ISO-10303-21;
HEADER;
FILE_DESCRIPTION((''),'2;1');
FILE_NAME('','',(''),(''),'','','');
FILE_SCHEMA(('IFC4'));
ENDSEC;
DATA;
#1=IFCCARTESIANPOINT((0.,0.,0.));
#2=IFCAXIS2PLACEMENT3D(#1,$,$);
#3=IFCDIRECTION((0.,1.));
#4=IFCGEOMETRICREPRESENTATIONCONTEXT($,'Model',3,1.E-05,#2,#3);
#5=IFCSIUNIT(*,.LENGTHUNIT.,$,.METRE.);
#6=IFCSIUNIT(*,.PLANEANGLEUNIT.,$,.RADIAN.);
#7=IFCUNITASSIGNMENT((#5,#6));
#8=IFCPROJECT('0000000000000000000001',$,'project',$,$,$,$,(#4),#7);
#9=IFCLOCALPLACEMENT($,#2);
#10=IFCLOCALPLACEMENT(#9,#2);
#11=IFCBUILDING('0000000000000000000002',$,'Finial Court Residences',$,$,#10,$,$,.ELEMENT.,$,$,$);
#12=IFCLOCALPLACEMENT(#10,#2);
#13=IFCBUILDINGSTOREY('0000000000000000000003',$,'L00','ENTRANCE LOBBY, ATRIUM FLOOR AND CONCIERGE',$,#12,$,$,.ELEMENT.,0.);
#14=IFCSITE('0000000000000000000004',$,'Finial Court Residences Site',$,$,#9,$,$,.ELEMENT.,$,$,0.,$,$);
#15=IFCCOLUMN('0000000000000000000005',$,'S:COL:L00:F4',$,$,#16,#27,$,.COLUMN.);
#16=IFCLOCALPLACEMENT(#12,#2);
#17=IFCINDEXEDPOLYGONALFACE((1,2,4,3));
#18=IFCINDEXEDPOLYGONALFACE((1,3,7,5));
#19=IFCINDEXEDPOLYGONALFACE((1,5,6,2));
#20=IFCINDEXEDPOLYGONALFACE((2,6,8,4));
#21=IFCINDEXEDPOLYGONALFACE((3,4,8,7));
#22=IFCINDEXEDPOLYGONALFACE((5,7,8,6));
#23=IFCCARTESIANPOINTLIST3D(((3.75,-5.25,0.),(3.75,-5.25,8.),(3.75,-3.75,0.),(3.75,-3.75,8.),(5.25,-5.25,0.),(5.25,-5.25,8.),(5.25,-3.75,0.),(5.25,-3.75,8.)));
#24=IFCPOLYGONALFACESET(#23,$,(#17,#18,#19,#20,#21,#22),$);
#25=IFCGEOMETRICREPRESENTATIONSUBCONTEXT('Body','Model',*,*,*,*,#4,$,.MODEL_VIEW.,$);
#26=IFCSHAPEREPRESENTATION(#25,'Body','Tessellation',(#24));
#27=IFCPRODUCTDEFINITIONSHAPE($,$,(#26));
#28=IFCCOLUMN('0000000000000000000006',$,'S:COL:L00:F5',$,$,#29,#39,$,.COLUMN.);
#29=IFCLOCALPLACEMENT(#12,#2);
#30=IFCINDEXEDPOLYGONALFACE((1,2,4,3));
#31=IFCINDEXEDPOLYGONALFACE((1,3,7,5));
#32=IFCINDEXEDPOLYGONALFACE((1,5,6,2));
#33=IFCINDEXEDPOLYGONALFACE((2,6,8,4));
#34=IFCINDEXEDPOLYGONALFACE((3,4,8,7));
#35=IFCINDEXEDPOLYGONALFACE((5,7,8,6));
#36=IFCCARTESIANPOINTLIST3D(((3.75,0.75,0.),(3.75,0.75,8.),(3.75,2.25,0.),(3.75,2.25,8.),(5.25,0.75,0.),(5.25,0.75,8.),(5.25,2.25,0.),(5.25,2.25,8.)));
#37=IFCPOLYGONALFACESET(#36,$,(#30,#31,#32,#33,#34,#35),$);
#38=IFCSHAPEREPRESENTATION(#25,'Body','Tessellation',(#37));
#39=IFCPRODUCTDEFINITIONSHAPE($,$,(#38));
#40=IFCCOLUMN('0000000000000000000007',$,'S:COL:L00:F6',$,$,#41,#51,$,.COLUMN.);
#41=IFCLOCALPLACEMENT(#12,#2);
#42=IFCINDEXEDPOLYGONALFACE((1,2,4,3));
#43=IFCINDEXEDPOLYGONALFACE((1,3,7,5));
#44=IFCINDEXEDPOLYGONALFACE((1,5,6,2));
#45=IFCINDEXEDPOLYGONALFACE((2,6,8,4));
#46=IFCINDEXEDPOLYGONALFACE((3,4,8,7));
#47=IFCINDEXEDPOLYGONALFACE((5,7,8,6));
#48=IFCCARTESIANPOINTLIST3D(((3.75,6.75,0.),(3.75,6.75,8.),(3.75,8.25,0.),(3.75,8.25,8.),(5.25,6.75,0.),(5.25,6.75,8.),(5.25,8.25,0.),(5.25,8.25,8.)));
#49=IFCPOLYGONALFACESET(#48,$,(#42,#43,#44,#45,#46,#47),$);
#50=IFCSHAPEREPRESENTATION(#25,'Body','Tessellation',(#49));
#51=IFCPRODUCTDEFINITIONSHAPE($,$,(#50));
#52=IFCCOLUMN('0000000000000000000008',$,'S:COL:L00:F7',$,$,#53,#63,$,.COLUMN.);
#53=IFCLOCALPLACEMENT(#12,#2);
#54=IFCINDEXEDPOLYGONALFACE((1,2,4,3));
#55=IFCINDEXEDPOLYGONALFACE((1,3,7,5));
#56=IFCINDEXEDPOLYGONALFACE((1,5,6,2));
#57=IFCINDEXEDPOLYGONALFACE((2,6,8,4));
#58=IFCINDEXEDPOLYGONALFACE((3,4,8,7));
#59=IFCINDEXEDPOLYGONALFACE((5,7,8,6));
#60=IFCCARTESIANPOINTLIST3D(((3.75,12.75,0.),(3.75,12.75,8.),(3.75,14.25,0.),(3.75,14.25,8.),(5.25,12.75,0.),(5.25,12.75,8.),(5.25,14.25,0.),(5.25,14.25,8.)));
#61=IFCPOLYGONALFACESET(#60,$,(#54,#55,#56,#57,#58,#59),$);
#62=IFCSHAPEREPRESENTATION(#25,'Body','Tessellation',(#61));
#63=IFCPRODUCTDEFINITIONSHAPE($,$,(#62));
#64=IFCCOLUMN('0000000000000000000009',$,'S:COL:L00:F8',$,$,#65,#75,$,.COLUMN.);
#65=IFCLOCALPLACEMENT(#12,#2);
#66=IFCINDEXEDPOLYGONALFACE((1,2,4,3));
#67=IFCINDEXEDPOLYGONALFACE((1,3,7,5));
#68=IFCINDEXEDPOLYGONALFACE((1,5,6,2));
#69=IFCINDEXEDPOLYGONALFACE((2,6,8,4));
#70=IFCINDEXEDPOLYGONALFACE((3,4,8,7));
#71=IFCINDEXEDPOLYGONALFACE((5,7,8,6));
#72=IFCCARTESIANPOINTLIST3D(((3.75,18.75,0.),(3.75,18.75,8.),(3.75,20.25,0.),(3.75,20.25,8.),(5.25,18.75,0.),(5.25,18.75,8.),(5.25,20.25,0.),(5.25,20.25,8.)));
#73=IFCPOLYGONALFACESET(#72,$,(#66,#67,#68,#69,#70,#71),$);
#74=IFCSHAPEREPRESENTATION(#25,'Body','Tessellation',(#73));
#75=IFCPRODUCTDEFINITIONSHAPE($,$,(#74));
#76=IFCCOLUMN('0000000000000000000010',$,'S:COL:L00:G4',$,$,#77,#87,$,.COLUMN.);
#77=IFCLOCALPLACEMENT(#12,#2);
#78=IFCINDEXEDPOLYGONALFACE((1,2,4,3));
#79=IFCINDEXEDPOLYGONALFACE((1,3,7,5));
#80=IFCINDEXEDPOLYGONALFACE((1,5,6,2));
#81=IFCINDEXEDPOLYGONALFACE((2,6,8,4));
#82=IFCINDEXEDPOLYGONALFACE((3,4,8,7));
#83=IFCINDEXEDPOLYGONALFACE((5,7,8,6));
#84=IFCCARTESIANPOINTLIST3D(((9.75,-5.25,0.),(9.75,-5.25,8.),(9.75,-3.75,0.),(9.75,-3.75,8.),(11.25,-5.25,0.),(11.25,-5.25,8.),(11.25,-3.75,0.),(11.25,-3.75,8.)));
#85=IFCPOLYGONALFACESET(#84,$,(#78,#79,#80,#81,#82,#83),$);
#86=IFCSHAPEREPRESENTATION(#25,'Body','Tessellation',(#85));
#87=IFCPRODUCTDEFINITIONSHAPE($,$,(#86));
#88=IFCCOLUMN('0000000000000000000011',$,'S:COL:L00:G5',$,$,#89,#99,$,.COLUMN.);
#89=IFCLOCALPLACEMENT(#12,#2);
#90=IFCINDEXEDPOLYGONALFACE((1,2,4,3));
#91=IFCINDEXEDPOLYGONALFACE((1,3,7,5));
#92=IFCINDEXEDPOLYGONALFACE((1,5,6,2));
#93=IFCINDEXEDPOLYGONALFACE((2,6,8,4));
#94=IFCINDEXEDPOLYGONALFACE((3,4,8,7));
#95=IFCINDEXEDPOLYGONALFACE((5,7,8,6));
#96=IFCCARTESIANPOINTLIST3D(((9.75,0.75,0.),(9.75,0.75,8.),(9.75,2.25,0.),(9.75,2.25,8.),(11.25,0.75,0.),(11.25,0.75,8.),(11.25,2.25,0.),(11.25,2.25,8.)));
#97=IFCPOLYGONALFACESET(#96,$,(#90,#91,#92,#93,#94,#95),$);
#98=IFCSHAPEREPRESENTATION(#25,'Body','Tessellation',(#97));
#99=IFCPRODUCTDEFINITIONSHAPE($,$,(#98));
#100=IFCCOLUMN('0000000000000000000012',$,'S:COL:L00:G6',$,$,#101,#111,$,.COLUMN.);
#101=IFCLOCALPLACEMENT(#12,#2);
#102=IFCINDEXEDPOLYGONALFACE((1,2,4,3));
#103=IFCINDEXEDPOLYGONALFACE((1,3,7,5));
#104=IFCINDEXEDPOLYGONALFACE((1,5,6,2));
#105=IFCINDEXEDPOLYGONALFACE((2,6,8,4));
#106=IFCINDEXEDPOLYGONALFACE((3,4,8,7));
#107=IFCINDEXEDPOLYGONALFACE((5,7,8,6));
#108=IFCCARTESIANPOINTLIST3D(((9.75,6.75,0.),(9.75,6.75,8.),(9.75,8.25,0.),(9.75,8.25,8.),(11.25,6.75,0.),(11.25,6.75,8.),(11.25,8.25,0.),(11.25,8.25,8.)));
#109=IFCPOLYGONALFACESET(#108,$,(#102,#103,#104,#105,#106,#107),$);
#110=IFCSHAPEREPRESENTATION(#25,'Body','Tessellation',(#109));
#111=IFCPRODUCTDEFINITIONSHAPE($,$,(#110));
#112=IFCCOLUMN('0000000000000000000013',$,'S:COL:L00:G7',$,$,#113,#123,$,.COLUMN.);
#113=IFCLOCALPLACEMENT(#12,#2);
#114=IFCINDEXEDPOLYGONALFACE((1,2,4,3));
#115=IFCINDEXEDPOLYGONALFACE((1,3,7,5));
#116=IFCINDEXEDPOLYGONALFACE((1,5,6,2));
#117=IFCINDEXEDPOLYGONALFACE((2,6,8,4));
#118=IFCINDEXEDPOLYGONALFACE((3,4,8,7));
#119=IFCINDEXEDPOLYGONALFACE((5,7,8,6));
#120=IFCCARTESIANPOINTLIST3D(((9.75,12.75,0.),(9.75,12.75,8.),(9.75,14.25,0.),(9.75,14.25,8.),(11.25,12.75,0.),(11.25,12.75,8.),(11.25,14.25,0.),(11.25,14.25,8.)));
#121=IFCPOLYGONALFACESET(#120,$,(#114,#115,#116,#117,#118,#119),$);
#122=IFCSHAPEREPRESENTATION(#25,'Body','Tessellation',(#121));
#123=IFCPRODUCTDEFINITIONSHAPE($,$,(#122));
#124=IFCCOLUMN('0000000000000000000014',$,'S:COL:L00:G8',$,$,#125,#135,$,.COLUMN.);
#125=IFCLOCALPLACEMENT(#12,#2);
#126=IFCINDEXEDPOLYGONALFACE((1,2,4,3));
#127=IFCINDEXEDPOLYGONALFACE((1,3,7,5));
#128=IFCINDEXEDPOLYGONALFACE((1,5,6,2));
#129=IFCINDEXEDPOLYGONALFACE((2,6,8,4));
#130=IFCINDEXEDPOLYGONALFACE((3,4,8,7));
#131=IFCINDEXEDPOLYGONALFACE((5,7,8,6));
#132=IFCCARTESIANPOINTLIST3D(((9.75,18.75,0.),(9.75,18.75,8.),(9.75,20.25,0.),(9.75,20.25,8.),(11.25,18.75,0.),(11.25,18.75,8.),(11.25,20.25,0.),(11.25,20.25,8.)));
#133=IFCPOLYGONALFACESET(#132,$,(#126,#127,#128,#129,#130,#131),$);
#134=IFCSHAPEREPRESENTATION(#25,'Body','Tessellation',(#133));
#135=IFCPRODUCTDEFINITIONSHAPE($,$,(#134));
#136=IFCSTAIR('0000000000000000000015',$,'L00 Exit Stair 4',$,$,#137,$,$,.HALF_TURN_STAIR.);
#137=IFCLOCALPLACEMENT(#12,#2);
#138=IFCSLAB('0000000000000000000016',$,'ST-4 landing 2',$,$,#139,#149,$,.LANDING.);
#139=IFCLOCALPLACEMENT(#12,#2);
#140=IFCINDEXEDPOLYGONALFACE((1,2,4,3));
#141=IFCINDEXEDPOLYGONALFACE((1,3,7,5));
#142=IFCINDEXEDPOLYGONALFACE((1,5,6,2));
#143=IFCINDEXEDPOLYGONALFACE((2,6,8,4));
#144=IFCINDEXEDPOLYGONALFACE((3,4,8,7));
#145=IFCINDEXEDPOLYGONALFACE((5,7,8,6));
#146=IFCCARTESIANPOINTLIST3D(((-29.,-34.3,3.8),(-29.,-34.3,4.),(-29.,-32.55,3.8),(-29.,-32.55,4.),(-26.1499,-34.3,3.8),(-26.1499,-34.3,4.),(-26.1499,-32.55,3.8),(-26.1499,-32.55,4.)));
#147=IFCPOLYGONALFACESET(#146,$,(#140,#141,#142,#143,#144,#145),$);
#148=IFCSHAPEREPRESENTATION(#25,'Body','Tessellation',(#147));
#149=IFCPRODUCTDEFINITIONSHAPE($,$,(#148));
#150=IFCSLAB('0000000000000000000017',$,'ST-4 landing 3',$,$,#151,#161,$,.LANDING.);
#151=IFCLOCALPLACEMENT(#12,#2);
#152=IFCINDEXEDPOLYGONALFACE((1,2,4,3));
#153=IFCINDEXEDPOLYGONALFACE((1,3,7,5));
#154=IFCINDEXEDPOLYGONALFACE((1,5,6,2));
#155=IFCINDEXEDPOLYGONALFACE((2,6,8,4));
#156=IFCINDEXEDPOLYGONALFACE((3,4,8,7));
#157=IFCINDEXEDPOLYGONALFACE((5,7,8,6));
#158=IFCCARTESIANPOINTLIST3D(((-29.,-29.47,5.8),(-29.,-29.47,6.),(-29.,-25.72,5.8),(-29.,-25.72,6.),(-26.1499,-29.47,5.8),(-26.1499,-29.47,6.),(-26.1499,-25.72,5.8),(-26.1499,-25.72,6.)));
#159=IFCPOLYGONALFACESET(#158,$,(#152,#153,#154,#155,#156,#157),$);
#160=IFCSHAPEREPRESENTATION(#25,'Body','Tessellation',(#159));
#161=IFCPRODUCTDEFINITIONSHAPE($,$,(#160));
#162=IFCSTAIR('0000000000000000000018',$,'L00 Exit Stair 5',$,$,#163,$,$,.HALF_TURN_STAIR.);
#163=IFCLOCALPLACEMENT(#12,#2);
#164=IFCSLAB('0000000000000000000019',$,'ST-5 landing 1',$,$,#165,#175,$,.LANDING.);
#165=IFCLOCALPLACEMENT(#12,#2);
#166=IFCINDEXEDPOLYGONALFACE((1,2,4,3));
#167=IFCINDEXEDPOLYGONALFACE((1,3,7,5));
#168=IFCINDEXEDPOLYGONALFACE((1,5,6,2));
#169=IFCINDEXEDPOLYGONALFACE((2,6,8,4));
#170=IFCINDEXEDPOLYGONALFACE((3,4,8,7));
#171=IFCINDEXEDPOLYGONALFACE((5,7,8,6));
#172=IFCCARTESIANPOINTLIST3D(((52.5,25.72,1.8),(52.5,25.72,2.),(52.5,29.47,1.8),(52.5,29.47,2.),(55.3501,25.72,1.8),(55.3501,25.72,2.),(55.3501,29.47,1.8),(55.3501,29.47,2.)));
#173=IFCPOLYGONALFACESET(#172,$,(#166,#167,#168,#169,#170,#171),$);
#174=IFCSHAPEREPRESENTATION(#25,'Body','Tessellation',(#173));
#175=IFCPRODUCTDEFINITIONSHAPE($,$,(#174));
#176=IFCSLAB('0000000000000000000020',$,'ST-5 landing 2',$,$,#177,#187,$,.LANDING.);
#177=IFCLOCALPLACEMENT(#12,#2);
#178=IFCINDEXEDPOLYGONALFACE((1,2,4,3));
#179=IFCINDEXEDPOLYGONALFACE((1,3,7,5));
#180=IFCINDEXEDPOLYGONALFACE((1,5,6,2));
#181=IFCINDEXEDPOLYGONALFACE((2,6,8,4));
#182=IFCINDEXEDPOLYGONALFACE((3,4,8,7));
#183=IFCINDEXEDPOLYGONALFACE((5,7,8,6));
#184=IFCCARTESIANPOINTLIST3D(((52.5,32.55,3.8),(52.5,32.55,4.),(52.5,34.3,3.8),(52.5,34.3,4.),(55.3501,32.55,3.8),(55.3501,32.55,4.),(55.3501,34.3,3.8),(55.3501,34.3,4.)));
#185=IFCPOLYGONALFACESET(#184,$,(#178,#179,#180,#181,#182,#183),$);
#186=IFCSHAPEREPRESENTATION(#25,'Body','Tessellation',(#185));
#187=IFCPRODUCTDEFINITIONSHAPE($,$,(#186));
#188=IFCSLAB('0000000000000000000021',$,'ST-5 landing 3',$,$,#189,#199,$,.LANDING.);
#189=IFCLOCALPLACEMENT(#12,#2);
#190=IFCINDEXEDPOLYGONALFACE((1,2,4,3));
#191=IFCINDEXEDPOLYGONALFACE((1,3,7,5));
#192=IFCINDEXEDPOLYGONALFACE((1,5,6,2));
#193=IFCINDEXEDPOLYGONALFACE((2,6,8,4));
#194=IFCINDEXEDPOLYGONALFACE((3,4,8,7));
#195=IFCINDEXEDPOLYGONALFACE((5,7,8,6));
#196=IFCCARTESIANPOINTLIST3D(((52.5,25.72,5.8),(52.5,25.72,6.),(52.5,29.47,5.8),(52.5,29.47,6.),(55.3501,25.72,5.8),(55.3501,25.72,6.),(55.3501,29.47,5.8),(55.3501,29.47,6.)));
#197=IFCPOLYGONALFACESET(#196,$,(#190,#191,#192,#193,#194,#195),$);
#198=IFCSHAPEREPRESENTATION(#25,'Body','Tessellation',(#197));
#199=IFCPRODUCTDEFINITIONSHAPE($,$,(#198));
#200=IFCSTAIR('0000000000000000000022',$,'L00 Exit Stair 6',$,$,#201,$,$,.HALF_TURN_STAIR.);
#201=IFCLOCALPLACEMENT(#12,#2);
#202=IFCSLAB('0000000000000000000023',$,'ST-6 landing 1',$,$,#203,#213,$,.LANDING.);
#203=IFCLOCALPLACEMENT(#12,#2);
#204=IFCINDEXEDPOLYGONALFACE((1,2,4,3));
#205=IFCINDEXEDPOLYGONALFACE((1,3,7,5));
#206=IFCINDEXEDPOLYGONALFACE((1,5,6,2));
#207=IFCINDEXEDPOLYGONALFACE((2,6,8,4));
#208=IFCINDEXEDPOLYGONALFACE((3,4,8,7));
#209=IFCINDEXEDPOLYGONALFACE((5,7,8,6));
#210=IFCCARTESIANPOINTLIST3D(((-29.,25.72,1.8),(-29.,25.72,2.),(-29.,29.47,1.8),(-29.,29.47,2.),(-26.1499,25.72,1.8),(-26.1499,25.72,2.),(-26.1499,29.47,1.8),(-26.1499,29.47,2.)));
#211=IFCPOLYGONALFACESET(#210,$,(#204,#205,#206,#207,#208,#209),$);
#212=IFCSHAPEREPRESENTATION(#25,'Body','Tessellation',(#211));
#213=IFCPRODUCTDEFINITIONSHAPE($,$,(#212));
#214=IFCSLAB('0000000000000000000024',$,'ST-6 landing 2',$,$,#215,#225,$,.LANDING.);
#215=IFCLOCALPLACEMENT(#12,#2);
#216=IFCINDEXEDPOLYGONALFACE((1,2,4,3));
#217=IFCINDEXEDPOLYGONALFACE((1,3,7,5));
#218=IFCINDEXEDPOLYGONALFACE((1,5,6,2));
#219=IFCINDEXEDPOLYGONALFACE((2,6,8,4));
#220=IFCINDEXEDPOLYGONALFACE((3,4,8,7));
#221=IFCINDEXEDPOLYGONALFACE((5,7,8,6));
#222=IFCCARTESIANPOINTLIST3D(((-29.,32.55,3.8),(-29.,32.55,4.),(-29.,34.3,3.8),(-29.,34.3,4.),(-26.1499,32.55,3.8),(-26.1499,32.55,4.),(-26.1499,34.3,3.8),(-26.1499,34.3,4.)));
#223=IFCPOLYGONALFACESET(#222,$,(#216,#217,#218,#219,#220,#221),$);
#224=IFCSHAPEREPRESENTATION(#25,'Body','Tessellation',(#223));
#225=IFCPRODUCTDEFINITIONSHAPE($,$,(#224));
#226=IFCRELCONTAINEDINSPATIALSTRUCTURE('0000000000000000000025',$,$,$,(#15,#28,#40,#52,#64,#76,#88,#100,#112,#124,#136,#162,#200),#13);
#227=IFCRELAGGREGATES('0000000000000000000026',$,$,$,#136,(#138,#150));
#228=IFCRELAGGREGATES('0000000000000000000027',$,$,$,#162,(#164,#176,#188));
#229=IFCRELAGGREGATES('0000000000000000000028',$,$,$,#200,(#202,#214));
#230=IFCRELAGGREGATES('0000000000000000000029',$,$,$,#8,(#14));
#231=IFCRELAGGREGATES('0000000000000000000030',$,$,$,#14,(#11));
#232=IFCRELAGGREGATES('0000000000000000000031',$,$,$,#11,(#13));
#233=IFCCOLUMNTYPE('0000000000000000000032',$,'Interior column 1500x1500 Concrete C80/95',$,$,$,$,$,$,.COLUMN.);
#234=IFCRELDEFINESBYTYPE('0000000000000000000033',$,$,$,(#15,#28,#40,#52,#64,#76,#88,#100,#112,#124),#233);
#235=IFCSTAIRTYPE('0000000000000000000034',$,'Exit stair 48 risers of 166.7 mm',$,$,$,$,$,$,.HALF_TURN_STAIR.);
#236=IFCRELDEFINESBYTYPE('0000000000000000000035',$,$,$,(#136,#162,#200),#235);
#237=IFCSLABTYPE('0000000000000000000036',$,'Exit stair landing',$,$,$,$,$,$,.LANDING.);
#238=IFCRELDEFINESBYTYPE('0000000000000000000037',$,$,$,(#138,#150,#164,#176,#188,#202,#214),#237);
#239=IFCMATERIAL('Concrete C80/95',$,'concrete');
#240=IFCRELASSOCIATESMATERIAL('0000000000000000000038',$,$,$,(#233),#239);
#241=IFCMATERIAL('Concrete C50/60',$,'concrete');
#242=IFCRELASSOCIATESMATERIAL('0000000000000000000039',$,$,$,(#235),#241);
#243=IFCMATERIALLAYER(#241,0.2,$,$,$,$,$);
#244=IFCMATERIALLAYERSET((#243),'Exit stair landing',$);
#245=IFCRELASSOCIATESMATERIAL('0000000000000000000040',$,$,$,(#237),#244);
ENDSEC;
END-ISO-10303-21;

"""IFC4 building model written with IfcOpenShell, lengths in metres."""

from ifc_helpers import new_model, si_unit, direction, frame, origin, origin_2d, place, context, subcontext, project, spatial, polyline, rectangle, outline, extrude, material, layer, layer_set, material_profile, profile_set, type_object, element, aggregate, save


model = new_model("IFC4")

# Units and contexts
model_context = context("Model", 3, precision=1e-05, world=origin(), true_north=direction((0.0, 1.0)))
body_context = subcontext(model_context, "Body", "Model", "MODEL_VIEW")
ifc_project = project(units=[si_unit("LENGTHUNIT", "METRE"), si_unit("PLANEANGLEUNIT", "RADIAN")], contexts=[model_context])

# Site, building, storey
site_placement = place(None, origin())
site = spatial("IfcSite", under=ifc_project, at=site_placement, Name="Finial Court Residences Site", CompositionType="ELEMENT", RefElevation=0.0)
building_placement = place(site_placement, origin())
building = spatial("IfcBuilding", under=site, at=building_placement, Name="Finial Court Residences", CompositionType="ELEMENT")
storey_placement = place(building_placement, origin())
storey = spatial("IfcBuildingStorey", under=building, at=storey_placement, Name="L00", Description="ENTRANCE LOBBY, ATRIUM FLOOR AND CONCIERGE", CompositionType="ELEMENT", Elevation=0.0)

# Columns
ifc_material_1 = material(Name="Concrete C80/95", Category="concrete")
ifc_material_profile = material_profile(ifc_material_1, rectangle(XDim=1.5, YDim=1.5, at=origin_2d()), Name="1500x1500")
ifc_profile_set = profile_set([ifc_material_profile], Name="Concrete C80/95")
column_type = type_object("IfcColumnType", Name="Interior column 1500x1500 Concrete C80/95", PredefinedType="COLUMN", material=ifc_profile_set)
for number, where, z_axis, x_axis, name in (
    (1, (4.5, -4.5, 0.0), (0.0, 0.0, 1.0), (1.0, 0.0, 0.0), "S:COL:L00:F4"),
    (2, (4.5, 1.5, 0.0), (0.0, 0.0, 1.0), (1.0, 0.0, 0.0), "S:COL:L00:F5"),
    (3, (4.5, 7.5, 0.0), (0.0, 0.0, 1.0), (1.0, 0.0, 0.0), "S:COL:L00:F6"),
    (4, (4.5, 13.5, 0.0), (0.0, 0.0, 1.0), (1.0, 0.0, 0.0), "S:COL:L00:F7"),
    (5, (4.5, 19.5, 0.0), (0.0, 0.0, 1.0), (1.0, 0.0, 0.0), "S:COL:L00:F8"),
    (6, (10.5, -4.5, 0.0), (0.0, 0.0, 1.0), (1.0, 0.0, 0.0), "S:COL:L00:G4"),
    (7, (10.5, 1.5, 0.0), (0.0, 0.0, 1.0), (1.0, 0.0, 0.0), "S:COL:L00:G5"),
    (8, (10.5, 7.5, 0.0), (0.0, 0.0, 1.0), (1.0, 0.0, 0.0), "S:COL:L00:G6"),
    (9, (10.5, 13.5, 0.0), (0.0, 0.0, 1.0), (1.0, 0.0, 0.0), "S:COL:L00:G7"),
    (10, (10.5, 19.5, 0.0), (0.0, 0.0, 1.0), (1.0, 0.0, 0.0), "S:COL:L00:G8"),
):
    element("IfcColumn", number, at=place(storey_placement, frame(where, z_axis=z_axis, x_axis=x_axis)), inside=storey, type_object=column_type, Name=name, PredefinedType="COLUMN", context=body_context, shape_type="SweptSolid", body=[
        extrude(rectangle(XDim=1.5, YDim=1.5, at=origin_2d()), origin(), (0.0, 0.0, 1.0), 8.0),
    ])

# Stairs, slabs
ifc_material_2 = material(Name="Concrete C50/60", Category="concrete")
stair_type = type_object("IfcStairType", Name="Exit stair 48 risers of 166.7 mm", PredefinedType="HALF_TURN_STAIR", material=ifc_material_2)
stair_1_placement = place(storey_placement, origin())
stair_1 = element("IfcStair", 11, at=stair_1_placement, inside=storey, type_object=stair_type, Name="L00 Exit Stair 4", PredefinedType="HALF_TURN_STAIR")
ifc_layer_1 = layer(ifc_material_2, 0.2)
ifc_layer_set_1 = layer_set([ifc_layer_1], Name="Exit stair landing")
slab_type = type_object("IfcSlabType", Name="Exit stair landing", PredefinedType="LANDING", material=ifc_layer_set_1)
slab_1_placement = place(storey_placement, frame((0.0, 0.0, 3.8)))
slab_1 = element("IfcSlab", 12, at=slab_1_placement, type_object=slab_type, Name="ST-4 landing 2", PredefinedType="LANDING", context=body_context, shape_type="SweptSolid", body=[
    extrude(outline(polyline([(-26.1499, -34.3), (-26.1499, -32.55), (-29.0, -32.55), (-29.0, -34.3), (-26.1499, -34.3)])), origin(), (0.0, 0.0, 1.0), 0.2),
])
slab_2_placement = place(storey_placement, frame((0.0, 0.0, 5.8)))
slab_2 = element("IfcSlab", 13, at=slab_2_placement, type_object=slab_type, Name="ST-4 landing 3", PredefinedType="LANDING", context=body_context, shape_type="SweptSolid", body=[
    extrude(outline(polyline([(-26.1499, -29.47), (-26.1499, -25.72), (-29.0, -25.72), (-29.0, -29.47), (-26.1499, -29.47)])), origin(), (0.0, 0.0, 1.0), 0.2),
])
aggregate(stair_1, [slab_1, slab_2])
stair_2_placement = place(storey_placement, origin())
stair_2 = element("IfcStair", 14, at=stair_2_placement, inside=storey, type_object=stair_type, Name="L00 Exit Stair 5", PredefinedType="HALF_TURN_STAIR")
slab_3_placement = place(storey_placement, frame((0.0, 0.0, 1.8)))
slab_3 = element("IfcSlab", 15, at=slab_3_placement, type_object=slab_type, Name="ST-5 landing 1", PredefinedType="LANDING", context=body_context, shape_type="SweptSolid", body=[
    extrude(outline(polyline([(52.5, 29.47), (52.5, 25.72), (55.3501, 25.72), (55.3501, 29.47), (52.5, 29.47)])), origin(), (0.0, 0.0, 1.0), 0.2),
])
slab_4_placement = place(storey_placement, frame((0.0, 0.0, 3.8)))
slab_4 = element("IfcSlab", 16, at=slab_4_placement, type_object=slab_type, Name="ST-5 landing 2", PredefinedType="LANDING", context=body_context, shape_type="SweptSolid", body=[
    extrude(outline(polyline([(52.5, 34.3), (52.5, 32.55), (55.3501, 32.55), (55.3501, 34.3), (52.5, 34.3)])), origin(), (0.0, 0.0, 1.0), 0.2),
])
slab_5_placement = place(storey_placement, frame((0.0, 0.0, 5.8)))
slab_5 = element("IfcSlab", 17, at=slab_5_placement, type_object=slab_type, Name="ST-5 landing 3", PredefinedType="LANDING", context=body_context, shape_type="SweptSolid", body=[
    extrude(outline(polyline([(52.5, 29.47), (52.5, 25.72), (55.3501, 25.72), (55.3501, 29.47), (52.5, 29.47)])), origin(), (0.0, 0.0, 1.0), 0.2),
])
aggregate(stair_2, [slab_3, slab_4, slab_5])
stair_3_placement = place(storey_placement, origin())
stair_3 = element("IfcStair", 18, at=stair_3_placement, inside=storey, type_object=stair_type, Name="L00 Exit Stair 6", PredefinedType="HALF_TURN_STAIR")
slab_6_placement = place(storey_placement, frame((0.0, 0.0, 1.8)))
slab_6 = element("IfcSlab", 19, at=slab_6_placement, type_object=slab_type, Name="ST-6 landing 1", PredefinedType="LANDING", context=body_context, shape_type="SweptSolid", body=[
    extrude(outline(polyline([(-29.0, 29.47), (-29.0, 25.72), (-26.1499, 25.72), (-26.1499, 29.47), (-29.0, 29.47)])), origin(), (0.0, 0.0, 1.0), 0.2),
])
slab_7_placement = place(storey_placement, frame((0.0, 0.0, 3.8)))
slab_7 = element("IfcSlab", 20, at=slab_7_placement, type_object=slab_type, Name="ST-6 landing 2", PredefinedType="LANDING", context=body_context, shape_type="SweptSolid", body=[
    extrude(outline(polyline([(-29.0, 34.3), (-29.0, 32.55), (-26.1499, 32.55), (-26.1499, 34.3), (-29.0, 34.3)])), origin(), (0.0, 0.0, 1.0), 0.2),
])
aggregate(stair_3, [slab_6, slab_7])

save(model, "model.ifc")
